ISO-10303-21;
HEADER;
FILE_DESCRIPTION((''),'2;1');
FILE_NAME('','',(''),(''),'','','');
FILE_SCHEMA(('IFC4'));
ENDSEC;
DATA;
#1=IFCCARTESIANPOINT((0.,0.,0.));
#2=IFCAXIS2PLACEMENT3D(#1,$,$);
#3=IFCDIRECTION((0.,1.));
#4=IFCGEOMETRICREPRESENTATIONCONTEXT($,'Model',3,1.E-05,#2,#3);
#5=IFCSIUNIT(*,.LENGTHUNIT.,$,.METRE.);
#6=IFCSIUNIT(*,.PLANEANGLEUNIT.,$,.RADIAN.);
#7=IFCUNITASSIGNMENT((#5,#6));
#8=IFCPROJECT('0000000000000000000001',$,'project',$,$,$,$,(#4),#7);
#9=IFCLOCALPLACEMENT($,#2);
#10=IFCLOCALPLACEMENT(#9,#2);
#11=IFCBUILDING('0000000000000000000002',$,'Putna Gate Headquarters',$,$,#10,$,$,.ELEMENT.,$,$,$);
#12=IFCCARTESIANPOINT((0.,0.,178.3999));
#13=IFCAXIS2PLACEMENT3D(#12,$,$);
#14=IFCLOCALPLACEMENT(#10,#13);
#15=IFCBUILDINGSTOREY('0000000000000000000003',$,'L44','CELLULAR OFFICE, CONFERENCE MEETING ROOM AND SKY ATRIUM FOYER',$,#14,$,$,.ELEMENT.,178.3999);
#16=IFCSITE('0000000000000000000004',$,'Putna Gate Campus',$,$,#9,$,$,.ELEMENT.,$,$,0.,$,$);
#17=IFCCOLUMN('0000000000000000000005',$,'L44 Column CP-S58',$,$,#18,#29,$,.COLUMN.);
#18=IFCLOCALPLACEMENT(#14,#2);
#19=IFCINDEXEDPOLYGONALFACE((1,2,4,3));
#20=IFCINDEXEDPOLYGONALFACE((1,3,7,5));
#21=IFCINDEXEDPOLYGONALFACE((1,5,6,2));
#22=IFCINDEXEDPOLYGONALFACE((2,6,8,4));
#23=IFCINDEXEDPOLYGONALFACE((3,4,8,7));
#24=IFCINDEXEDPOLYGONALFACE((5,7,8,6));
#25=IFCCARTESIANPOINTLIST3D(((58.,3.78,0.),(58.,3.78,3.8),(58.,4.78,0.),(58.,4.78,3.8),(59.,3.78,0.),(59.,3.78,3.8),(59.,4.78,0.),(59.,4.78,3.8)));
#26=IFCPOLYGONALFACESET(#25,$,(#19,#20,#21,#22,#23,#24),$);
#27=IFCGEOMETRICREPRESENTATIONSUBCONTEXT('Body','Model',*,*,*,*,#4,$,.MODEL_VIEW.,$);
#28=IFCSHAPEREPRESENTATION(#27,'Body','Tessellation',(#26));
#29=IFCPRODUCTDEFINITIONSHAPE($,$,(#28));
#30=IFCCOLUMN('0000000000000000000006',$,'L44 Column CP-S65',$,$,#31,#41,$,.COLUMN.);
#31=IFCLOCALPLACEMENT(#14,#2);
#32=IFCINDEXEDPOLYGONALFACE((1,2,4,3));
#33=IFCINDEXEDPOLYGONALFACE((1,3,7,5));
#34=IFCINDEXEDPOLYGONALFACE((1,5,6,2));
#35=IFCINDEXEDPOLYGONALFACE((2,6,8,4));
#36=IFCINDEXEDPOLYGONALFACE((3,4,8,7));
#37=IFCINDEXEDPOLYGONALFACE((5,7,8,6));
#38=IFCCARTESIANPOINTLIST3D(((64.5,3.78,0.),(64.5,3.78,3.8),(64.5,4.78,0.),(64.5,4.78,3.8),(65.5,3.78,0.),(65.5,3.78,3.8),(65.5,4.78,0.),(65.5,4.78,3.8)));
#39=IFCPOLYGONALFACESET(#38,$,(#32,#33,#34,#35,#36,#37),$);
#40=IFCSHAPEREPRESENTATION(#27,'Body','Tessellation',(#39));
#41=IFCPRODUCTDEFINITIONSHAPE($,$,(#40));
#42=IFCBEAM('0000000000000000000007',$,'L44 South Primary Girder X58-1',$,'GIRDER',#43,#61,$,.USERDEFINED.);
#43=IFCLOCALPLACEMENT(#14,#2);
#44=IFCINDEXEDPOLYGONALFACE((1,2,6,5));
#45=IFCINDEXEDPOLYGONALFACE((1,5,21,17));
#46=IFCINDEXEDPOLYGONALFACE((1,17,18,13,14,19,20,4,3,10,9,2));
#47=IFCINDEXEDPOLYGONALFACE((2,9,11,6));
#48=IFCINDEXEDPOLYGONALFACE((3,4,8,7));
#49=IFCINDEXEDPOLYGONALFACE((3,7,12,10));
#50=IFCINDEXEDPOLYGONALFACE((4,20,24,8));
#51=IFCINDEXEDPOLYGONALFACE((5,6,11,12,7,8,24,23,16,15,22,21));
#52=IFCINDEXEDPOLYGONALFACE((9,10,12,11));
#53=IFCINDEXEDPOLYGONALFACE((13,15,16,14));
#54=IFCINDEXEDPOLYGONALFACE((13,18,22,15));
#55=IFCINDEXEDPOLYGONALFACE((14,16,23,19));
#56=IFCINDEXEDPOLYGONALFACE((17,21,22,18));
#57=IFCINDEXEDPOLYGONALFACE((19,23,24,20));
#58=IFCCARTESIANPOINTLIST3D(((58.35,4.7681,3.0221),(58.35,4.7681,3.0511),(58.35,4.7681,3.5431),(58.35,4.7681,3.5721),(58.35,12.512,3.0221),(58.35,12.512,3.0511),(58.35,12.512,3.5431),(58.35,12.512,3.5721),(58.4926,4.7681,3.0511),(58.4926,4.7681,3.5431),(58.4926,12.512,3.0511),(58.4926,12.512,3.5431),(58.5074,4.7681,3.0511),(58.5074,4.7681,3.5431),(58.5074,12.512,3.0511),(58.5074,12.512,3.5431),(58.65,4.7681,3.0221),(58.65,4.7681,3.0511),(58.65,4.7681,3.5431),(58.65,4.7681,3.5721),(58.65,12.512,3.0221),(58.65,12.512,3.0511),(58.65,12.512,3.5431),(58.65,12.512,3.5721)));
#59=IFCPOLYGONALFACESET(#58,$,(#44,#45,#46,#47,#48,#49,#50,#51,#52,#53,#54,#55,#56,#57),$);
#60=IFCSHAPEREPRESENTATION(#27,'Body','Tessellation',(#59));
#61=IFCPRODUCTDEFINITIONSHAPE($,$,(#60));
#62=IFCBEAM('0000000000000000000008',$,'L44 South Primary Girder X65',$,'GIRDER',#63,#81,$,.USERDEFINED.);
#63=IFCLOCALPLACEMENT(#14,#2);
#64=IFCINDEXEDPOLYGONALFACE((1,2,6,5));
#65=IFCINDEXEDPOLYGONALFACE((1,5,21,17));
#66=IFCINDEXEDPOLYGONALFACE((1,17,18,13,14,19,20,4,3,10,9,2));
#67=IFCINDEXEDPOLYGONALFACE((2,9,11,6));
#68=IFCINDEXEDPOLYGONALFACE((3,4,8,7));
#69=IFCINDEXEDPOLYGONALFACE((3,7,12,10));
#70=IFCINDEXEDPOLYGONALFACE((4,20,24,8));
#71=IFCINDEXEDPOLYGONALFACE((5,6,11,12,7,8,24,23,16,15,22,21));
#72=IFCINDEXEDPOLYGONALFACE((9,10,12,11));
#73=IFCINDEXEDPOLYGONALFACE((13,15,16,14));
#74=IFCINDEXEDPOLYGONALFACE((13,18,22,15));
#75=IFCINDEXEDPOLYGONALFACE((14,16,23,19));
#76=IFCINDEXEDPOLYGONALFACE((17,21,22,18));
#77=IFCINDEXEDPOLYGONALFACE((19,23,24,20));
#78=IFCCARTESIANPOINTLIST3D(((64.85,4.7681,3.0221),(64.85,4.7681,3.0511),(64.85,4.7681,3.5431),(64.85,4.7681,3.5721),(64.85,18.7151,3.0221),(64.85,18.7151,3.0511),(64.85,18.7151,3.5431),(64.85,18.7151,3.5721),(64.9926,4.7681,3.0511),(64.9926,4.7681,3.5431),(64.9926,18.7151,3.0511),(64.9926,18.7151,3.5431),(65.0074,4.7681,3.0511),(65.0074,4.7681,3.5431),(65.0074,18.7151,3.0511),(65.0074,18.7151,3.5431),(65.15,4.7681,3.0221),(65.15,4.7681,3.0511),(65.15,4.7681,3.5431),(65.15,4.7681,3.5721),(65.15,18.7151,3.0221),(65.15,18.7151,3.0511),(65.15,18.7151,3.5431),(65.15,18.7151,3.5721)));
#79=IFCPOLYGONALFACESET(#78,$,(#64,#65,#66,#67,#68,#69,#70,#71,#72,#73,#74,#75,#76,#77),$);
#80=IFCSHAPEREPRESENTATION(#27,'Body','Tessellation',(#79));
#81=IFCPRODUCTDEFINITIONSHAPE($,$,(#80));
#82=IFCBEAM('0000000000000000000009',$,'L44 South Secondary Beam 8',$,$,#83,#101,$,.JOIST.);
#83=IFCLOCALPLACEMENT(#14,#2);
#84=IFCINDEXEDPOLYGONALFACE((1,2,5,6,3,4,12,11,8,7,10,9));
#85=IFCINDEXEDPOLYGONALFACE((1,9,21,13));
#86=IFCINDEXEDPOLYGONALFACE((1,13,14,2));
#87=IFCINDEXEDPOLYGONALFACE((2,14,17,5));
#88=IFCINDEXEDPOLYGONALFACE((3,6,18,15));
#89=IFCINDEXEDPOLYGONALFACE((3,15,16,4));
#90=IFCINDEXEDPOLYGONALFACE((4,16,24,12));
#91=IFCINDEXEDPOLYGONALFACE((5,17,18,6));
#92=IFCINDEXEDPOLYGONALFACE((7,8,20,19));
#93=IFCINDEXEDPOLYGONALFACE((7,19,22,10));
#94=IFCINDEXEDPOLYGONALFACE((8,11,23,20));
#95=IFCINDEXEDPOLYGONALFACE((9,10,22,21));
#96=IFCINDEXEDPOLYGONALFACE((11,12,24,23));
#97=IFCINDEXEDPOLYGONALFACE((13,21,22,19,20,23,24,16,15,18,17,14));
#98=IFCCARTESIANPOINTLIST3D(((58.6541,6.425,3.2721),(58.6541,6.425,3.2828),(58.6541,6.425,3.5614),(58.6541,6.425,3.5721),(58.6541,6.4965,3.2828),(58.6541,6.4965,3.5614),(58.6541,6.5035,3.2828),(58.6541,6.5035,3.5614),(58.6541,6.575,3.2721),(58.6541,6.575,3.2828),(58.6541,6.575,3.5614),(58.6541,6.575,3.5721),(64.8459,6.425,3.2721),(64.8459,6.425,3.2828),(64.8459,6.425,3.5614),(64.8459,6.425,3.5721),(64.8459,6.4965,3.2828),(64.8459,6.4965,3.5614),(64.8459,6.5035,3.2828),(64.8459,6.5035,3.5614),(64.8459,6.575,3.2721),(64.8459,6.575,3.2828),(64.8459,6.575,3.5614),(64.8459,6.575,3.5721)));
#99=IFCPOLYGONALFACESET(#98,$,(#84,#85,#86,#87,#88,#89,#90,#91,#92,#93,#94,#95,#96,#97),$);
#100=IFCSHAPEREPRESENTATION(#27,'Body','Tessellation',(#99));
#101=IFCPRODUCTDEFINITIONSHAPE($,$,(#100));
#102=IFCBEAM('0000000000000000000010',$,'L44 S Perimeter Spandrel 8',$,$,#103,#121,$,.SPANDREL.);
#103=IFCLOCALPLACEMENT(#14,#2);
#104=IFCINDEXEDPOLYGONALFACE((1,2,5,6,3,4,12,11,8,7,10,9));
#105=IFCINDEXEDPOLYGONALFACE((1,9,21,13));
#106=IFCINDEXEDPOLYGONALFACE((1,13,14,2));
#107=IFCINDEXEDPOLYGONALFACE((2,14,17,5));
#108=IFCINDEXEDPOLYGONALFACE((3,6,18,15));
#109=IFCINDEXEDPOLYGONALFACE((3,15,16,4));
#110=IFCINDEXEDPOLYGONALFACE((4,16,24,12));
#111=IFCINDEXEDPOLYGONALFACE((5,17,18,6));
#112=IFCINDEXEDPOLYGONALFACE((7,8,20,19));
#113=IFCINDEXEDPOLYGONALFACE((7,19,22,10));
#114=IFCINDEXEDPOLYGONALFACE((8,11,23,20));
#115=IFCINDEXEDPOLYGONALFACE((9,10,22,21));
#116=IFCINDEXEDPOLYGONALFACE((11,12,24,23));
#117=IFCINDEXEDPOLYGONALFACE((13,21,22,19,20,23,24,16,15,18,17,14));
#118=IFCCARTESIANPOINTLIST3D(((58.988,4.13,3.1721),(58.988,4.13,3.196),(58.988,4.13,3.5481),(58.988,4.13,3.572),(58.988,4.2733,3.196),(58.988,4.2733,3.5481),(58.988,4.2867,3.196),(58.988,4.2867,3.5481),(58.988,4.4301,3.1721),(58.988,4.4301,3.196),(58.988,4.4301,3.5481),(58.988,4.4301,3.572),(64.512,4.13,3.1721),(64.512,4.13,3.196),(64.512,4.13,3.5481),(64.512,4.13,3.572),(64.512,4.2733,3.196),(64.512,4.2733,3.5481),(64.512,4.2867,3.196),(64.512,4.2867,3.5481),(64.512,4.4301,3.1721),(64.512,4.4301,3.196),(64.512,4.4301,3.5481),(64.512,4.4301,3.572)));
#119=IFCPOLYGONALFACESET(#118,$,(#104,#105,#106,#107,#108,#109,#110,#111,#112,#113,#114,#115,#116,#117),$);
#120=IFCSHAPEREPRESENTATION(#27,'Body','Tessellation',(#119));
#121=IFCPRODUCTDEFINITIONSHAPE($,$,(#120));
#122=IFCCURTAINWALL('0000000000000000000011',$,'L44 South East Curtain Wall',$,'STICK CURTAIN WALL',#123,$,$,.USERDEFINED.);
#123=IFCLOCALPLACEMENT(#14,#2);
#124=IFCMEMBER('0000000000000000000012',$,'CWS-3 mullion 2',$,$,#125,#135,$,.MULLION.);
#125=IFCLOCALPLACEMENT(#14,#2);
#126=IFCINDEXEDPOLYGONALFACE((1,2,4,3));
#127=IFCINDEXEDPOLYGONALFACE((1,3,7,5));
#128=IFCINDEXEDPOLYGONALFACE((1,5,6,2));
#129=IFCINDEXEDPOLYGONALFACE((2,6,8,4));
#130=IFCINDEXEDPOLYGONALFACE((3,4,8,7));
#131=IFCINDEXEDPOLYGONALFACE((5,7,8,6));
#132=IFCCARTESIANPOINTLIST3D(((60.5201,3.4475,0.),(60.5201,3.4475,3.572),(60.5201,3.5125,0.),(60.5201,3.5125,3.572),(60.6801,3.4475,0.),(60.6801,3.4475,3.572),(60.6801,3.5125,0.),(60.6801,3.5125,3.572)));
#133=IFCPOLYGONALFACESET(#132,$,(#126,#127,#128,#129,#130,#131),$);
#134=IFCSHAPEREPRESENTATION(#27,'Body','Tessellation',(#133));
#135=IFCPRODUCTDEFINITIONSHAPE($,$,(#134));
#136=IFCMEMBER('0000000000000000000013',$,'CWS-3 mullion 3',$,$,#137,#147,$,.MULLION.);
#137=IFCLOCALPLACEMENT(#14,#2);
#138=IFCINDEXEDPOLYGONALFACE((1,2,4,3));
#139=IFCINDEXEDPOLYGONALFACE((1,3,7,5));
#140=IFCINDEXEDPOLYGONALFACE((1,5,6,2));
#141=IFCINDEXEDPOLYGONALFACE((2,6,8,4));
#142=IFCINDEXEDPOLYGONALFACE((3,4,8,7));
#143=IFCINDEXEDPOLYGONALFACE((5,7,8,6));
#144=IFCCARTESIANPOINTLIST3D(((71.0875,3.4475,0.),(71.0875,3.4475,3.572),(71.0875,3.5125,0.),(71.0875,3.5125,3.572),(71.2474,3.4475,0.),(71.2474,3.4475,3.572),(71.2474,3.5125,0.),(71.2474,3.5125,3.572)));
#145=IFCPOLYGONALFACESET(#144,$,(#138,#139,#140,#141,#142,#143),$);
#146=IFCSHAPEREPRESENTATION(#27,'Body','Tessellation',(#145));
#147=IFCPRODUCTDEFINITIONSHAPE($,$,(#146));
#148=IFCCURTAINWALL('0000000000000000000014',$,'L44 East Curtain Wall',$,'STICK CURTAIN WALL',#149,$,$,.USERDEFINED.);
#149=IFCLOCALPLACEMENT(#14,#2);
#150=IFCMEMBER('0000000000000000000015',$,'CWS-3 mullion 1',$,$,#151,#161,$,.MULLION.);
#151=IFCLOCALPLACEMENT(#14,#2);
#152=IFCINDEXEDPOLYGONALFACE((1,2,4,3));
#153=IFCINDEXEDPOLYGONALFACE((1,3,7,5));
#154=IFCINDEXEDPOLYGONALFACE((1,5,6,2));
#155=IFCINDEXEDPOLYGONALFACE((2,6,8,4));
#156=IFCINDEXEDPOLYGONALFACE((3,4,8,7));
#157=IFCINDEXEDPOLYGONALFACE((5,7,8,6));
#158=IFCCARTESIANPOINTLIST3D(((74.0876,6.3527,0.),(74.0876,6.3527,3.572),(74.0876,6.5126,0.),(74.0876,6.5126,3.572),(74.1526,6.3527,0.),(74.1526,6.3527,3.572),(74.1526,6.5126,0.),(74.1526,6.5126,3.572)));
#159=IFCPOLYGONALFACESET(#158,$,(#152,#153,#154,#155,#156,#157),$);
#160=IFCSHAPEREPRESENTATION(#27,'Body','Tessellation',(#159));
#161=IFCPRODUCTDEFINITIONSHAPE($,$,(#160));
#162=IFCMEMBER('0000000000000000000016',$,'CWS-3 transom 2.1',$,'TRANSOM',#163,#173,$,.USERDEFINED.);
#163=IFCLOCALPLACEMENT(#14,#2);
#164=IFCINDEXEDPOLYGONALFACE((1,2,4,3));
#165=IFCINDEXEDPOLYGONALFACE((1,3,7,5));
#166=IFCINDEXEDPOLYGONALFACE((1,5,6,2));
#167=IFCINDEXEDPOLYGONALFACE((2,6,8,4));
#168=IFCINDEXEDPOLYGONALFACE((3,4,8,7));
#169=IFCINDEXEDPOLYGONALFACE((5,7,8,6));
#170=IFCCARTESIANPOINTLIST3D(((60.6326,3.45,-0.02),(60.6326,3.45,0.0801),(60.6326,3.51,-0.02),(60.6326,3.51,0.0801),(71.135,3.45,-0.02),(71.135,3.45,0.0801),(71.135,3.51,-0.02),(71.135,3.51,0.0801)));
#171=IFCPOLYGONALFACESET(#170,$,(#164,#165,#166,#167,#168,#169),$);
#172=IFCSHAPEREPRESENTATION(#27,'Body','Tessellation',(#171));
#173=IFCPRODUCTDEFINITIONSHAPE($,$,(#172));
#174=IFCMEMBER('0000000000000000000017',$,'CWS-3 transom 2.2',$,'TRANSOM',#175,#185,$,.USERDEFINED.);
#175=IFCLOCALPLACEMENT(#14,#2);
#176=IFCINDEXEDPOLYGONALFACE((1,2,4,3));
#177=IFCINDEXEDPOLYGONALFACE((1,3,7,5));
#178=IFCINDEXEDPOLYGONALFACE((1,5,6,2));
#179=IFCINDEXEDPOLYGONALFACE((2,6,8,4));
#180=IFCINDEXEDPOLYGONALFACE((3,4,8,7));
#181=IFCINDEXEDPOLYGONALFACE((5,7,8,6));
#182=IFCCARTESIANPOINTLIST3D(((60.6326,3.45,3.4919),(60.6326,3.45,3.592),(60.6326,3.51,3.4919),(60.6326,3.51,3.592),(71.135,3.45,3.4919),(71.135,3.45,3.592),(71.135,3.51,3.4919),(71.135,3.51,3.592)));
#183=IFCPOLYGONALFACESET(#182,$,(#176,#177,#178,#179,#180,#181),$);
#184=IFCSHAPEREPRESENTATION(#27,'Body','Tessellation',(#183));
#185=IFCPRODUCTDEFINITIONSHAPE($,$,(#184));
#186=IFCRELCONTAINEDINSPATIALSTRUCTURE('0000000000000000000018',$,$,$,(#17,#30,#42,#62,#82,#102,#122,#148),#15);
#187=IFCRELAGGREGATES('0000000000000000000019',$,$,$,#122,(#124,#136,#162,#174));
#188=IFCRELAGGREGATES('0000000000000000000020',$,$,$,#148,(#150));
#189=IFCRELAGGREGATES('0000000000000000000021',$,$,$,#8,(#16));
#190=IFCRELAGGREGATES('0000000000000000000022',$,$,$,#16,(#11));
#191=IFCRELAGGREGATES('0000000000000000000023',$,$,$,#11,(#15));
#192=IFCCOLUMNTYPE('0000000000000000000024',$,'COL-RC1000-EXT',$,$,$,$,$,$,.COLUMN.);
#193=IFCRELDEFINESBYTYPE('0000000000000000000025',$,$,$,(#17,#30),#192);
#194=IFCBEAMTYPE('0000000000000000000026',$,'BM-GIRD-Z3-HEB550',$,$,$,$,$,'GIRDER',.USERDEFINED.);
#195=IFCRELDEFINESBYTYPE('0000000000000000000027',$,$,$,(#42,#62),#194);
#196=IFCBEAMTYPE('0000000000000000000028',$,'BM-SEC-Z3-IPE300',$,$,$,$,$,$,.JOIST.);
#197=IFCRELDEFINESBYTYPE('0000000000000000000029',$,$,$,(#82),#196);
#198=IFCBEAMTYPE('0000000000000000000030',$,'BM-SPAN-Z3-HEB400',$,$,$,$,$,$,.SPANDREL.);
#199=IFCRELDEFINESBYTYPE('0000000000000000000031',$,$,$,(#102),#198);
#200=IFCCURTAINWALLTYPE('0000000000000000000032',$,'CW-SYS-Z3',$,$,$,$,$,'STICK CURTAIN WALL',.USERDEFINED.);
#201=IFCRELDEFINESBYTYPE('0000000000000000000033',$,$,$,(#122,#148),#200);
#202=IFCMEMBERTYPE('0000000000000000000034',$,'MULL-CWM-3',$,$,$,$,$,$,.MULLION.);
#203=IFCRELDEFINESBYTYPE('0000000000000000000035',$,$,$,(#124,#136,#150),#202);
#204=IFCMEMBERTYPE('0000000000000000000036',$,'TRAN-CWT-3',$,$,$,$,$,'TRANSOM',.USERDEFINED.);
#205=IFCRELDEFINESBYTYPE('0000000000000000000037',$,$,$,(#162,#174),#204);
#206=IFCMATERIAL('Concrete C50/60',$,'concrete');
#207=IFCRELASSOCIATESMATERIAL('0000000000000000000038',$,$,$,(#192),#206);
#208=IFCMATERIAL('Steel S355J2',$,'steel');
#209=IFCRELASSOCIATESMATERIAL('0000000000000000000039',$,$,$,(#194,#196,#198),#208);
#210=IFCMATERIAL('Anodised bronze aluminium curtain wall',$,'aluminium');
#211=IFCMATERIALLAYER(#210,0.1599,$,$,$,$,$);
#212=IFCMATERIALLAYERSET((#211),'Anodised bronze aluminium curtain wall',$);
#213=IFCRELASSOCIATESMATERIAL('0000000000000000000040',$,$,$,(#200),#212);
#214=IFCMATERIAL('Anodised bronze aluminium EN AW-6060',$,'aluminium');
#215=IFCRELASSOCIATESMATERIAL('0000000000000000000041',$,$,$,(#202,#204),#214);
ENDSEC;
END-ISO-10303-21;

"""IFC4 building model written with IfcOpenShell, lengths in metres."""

from ifc_helpers import new_model, si_unit, direction, frame, origin, origin_2d, place, context, subcontext, project, spatial, rectangle, i_section, extrude, material, layer, layer_set, material_profile, profile_set, type_object, element, aggregate, save


model = new_model("IFC4")

# Units and contexts
model_context = context("Model", 3, precision=1e-05, world=origin(), true_north=direction((0.0, 1.0)))
body_context = subcontext(model_context, "Body", "Model", "MODEL_VIEW")
ifc_project = project(units=[si_unit("LENGTHUNIT", "METRE"), si_unit("PLANEANGLEUNIT", "RADIAN")], contexts=[model_context])

# Site, building, storey
site_placement = place(None, origin())
site = spatial("IfcSite", under=ifc_project, at=site_placement, Name="Putna Gate Campus", CompositionType="ELEMENT", RefElevation=0.0)
building_placement = place(site_placement, origin())
building = spatial("IfcBuilding", under=site, at=building_placement, Name="Putna Gate Headquarters", CompositionType="ELEMENT")
storey_placement = place(building_placement, frame((0.0, 0.0, 178.3999)))
storey = spatial("IfcBuildingStorey", under=building, at=storey_placement, Name="L44", Description="CELLULAR OFFICE, CONFERENCE MEETING ROOM AND SKY ATRIUM FOYER", CompositionType="ELEMENT", Elevation=178.3999)

# Columns
ifc_material_1 = material(Name="Concrete C50/60", Category="concrete")
ifc_material_profile_1 = material_profile(ifc_material_1, rectangle(XDim=1.0, YDim=1.0, at=origin_2d()), Name="Concrete C50/60")
ifc_profile_set_1 = profile_set([ifc_material_profile_1], Name="Concrete C50/60")
column_type = type_object("IfcColumnType", Name="COL-RC1000-EXT", PredefinedType="COLUMN", material=ifc_profile_set_1)
for number, where, z_axis, x_axis, name in (
    (1, (58.5, 4.28, 0.0), (0.0, 0.0, 1.0), (1.0, 0.0, 0.0), "L44 Column CP-S58"),
    (2, (65.0, 4.28, 0.0), (0.0, 0.0, 1.0), (1.0, 0.0, 0.0), "L44 Column CP-S65"),
):
    element("IfcColumn", number, at=place(storey_placement, frame(where, z_axis=z_axis, x_axis=x_axis)), inside=storey, type_object=column_type, Name=name, PredefinedType="COLUMN", context=body_context, shape_type="SweptSolid", body=[
        extrude(rectangle(XDim=1.0, YDim=1.0, at=origin_2d()), origin(), (0.0, 0.0, 1.0), 3.8),
    ])

# Beams
ifc_material_2 = material(Name="Steel S355J2", Category="steel")
ifc_material_profile_2 = material_profile(ifc_material_2, i_section(OverallWidth=0.3, OverallDepth=0.55, WebThickness=0.0149, FlangeThickness=0.0291, at=origin_2d()), Name="Steel S355J2")
ifc_profile_set_2 = profile_set([ifc_material_profile_2], Name="Steel S355J2")
beam_type_1 = type_object("IfcBeamType", Name="BM-GIRD-Z3-HEB550", ElementType="GIRDER", PredefinedType="USERDEFINED", material=ifc_profile_set_2)
beam_1_placement = place(storey_placement, frame((58.5, 4.7681, 3.2971), z_axis=(0.0, 1.0, 0.0), x_axis=(-1.0, 0.0, 0.0)))
element("IfcBeam", 3, at=beam_1_placement, inside=storey, type_object=beam_type_1, Name="L44 South Primary Girder X58-1", ObjectType="GIRDER", PredefinedType="USERDEFINED", context=body_context, shape_type="SweptSolid", body=[
    extrude(i_section(OverallWidth=0.3, OverallDepth=0.55, WebThickness=0.0149, FlangeThickness=0.0291, at=origin_2d()), origin(), (0.0, 0.0, 1.0), 7.7439),
])
beam_2_placement = place(storey_placement, frame((65.0, 4.7681, 3.2971), z_axis=(0.0, 1.0, 0.0), x_axis=(-1.0, 0.0, 0.0)))
element("IfcBeam", 4, at=beam_2_placement, inside=storey, type_object=beam_type_1, Name="L44 South Primary Girder X65", ObjectType="GIRDER", PredefinedType="USERDEFINED", context=body_context, shape_type="SweptSolid", body=[
    extrude(i_section(OverallWidth=0.3, OverallDepth=0.55, WebThickness=0.0149, FlangeThickness=0.0291, at=origin_2d()), origin(), (0.0, 0.0, 1.0), 13.947),
])
ifc_material_profile_3 = material_profile(ifc_material_2, i_section(OverallWidth=0.1499, OverallDepth=0.3, WebThickness=0.0071, FlangeThickness=0.0107, at=origin_2d()), Name="Steel S355J2")
ifc_profile_set_3 = profile_set([ifc_material_profile_3], Name="Steel S355J2")
beam_type_2 = type_object("IfcBeamType", Name="BM-SEC-Z3-IPE300", PredefinedType="JOIST", material=ifc_profile_set_3)
beam_3_placement = place(storey_placement, frame((58.6541, 6.5, 3.4221), z_axis=(1.0, 0.0, 0.0), x_axis=(0.0, 1.0, 0.0)))
element("IfcBeam", 5, at=beam_3_placement, inside=storey, type_object=beam_type_2, Name="L44 South Secondary Beam 8", PredefinedType="JOIST", context=body_context, shape_type="SweptSolid", body=[
    extrude(i_section(OverallWidth=0.1499, OverallDepth=0.3, WebThickness=0.0071, FlangeThickness=0.0107, at=origin_2d()), origin(), (0.0, 0.0, 1.0), 6.1919),
])
ifc_material_profile_4 = material_profile(ifc_material_2, i_section(OverallWidth=0.3, OverallDepth=0.3999, WebThickness=0.0134, FlangeThickness=0.0239, at=origin_2d()), Name="Steel S355J2")
ifc_profile_set_4 = profile_set([ifc_material_profile_4], Name="Steel S355J2")
beam_type_3 = type_object("IfcBeamType", Name="BM-SPAN-Z3-HEB400", PredefinedType="SPANDREL", material=ifc_profile_set_4)
beam_4_placement = place(storey_placement, frame((58.988, 4.28, 3.3721), z_axis=(1.0, 0.0, 0.0), x_axis=(0.0, 1.0, 0.0)))
element("IfcBeam", 6, at=beam_4_placement, inside=storey, type_object=beam_type_3, Name="L44 S Perimeter Spandrel 8", PredefinedType="SPANDREL", context=body_context, shape_type="SweptSolid", body=[
    extrude(i_section(OverallWidth=0.3, OverallDepth=0.3999, WebThickness=0.0134, FlangeThickness=0.0239, at=origin_2d()), origin(), (0.0, 0.0, 1.0), 5.5239),
])

# Curtain wall, members
ifc_material_3 = material(Name="Anodised bronze aluminium curtain wall", Category="aluminium")
ifc_layer_1 = layer(ifc_material_3, 0.1599)
ifc_layer_set_1 = layer_set([ifc_layer_1], Name="Anodised bronze aluminium curtain wall")
curtain_wall_type = type_object("IfcCurtainWallType", Name="CW-SYS-Z3", ElementType="STICK CURTAIN WALL", PredefinedType="USERDEFINED", material=ifc_layer_set_1)
curtain_wall_1_placement = place(storey_placement, origin())
curtain_wall_1 = element("IfcCurtainWall", 7, at=curtain_wall_1_placement, inside=storey, type_object=curtain_wall_type, Name="L44 South East Curtain Wall", ObjectType="STICK CURTAIN WALL", PredefinedType="USERDEFINED")
ifc_material_4 = material(Name="Anodised bronze aluminium EN AW-6060", Category="aluminium")
ifc_material_profile_5 = material_profile(ifc_material_4, rectangle(XDim=0.0649, YDim=0.1599, at=origin_2d()), Name="Anodised bronze aluminium EN AW-6060")
ifc_profile_set_5 = profile_set([ifc_material_profile_5], Name="Anodised bronze aluminium EN AW-6060")
member_type_1 = type_object("IfcMemberType", Name="MULL-CWM-3", PredefinedType="MULLION", material=ifc_profile_set_5)
member_1_placement = place(storey_placement, frame((60.6001, 3.48, 0.0), z_axis=(0.0, 0.0, 1.0), x_axis=(0.0, 1.0, 0.0)))
member_1 = element("IfcMember", 8, at=member_1_placement, type_object=member_type_1, Name="CWS-3 mullion 2", PredefinedType="MULLION", context=body_context, shape_type="SweptSolid", body=[
    extrude(rectangle(XDim=0.0649, YDim=0.1599, at=origin_2d()), origin(), (0.0, 0.0, 1.0), 3.572),
])
member_2_placement = place(storey_placement, frame((71.1675, 3.48, 0.0), z_axis=(0.0, 0.0, 1.0), x_axis=(0.0, 1.0, 0.0)))
member_2 = element("IfcMember", 9, at=member_2_placement, type_object=member_type_1, Name="CWS-3 mullion 3", PredefinedType="MULLION", context=body_context, shape_type="SweptSolid", body=[
    extrude(rectangle(XDim=0.0649, YDim=0.1599, at=origin_2d()), origin(), (0.0, 0.0, 1.0), 3.572),
])

# Curtain wall, member
curtain_wall_2_placement = place(storey_placement, origin())
curtain_wall_2 = element("IfcCurtainWall", 10, at=curtain_wall_2_placement, inside=storey, type_object=curtain_wall_type, Name="L44 East Curtain Wall", ObjectType="STICK CURTAIN WALL", PredefinedType="USERDEFINED")
member_3_placement = place(storey_placement, frame((74.1201, 6.4326, 0.0), z_axis=(0.0, 0.0, 1.0), x_axis=(-1.0, 0.0, 0.0)))
member_3 = element("IfcMember", 11, at=member_3_placement, type_object=member_type_1, Name="CWS-3 mullion 1", PredefinedType="MULLION", context=body_context, shape_type="SweptSolid", body=[
    extrude(rectangle(XDim=0.0649, YDim=0.1599, at=origin_2d()), origin(), (0.0, 0.0, 1.0), 3.572),
])

# Members
ifc_material_profile_6 = material_profile(ifc_material_4, rectangle(XDim=0.0601, YDim=0.1001, at=origin_2d()), Name="Anodised bronze aluminium EN AW-6060")
ifc_profile_set_6 = profile_set([ifc_material_profile_6], Name="Anodised bronze aluminium EN AW-6060")
member_type_2 = type_object("IfcMemberType", Name="TRAN-CWT-3", ElementType="TRANSOM", PredefinedType="USERDEFINED", material=ifc_profile_set_6)
member_4_placement = place(storey_placement, frame((60.6326, 3.48, 0.03), z_axis=(1.0, 0.0, 0.0), x_axis=(0.0, 1.0, 0.0)))
member_4 = element("IfcMember", 12, at=member_4_placement, type_object=member_type_2, Name="CWS-3 transom 2.1", ObjectType="TRANSOM", PredefinedType="USERDEFINED", context=body_context, shape_type="SweptSolid", body=[
    extrude(rectangle(XDim=0.0601, YDim=0.1001, at=origin_2d()), origin(), (0.0, 0.0, 1.0), 10.5024),
])
member_5_placement = place(storey_placement, frame((60.6326, 3.48, 3.542), z_axis=(1.0, 0.0, 0.0), x_axis=(0.0, 1.0, 0.0)))
member_5 = element("IfcMember", 13, at=member_5_placement, type_object=member_type_2, Name="CWS-3 transom 2.2", ObjectType="TRANSOM", PredefinedType="USERDEFINED", context=body_context, shape_type="SweptSolid", body=[
    extrude(rectangle(XDim=0.0601, YDim=0.1001, at=origin_2d()), origin(), (0.0, 0.0, 1.0), 10.5024),
])

aggregate(curtain_wall_1, [member_1, member_2, member_4, member_5])
aggregate(curtain_wall_2, [member_3])

save(model, "model.ifc")
